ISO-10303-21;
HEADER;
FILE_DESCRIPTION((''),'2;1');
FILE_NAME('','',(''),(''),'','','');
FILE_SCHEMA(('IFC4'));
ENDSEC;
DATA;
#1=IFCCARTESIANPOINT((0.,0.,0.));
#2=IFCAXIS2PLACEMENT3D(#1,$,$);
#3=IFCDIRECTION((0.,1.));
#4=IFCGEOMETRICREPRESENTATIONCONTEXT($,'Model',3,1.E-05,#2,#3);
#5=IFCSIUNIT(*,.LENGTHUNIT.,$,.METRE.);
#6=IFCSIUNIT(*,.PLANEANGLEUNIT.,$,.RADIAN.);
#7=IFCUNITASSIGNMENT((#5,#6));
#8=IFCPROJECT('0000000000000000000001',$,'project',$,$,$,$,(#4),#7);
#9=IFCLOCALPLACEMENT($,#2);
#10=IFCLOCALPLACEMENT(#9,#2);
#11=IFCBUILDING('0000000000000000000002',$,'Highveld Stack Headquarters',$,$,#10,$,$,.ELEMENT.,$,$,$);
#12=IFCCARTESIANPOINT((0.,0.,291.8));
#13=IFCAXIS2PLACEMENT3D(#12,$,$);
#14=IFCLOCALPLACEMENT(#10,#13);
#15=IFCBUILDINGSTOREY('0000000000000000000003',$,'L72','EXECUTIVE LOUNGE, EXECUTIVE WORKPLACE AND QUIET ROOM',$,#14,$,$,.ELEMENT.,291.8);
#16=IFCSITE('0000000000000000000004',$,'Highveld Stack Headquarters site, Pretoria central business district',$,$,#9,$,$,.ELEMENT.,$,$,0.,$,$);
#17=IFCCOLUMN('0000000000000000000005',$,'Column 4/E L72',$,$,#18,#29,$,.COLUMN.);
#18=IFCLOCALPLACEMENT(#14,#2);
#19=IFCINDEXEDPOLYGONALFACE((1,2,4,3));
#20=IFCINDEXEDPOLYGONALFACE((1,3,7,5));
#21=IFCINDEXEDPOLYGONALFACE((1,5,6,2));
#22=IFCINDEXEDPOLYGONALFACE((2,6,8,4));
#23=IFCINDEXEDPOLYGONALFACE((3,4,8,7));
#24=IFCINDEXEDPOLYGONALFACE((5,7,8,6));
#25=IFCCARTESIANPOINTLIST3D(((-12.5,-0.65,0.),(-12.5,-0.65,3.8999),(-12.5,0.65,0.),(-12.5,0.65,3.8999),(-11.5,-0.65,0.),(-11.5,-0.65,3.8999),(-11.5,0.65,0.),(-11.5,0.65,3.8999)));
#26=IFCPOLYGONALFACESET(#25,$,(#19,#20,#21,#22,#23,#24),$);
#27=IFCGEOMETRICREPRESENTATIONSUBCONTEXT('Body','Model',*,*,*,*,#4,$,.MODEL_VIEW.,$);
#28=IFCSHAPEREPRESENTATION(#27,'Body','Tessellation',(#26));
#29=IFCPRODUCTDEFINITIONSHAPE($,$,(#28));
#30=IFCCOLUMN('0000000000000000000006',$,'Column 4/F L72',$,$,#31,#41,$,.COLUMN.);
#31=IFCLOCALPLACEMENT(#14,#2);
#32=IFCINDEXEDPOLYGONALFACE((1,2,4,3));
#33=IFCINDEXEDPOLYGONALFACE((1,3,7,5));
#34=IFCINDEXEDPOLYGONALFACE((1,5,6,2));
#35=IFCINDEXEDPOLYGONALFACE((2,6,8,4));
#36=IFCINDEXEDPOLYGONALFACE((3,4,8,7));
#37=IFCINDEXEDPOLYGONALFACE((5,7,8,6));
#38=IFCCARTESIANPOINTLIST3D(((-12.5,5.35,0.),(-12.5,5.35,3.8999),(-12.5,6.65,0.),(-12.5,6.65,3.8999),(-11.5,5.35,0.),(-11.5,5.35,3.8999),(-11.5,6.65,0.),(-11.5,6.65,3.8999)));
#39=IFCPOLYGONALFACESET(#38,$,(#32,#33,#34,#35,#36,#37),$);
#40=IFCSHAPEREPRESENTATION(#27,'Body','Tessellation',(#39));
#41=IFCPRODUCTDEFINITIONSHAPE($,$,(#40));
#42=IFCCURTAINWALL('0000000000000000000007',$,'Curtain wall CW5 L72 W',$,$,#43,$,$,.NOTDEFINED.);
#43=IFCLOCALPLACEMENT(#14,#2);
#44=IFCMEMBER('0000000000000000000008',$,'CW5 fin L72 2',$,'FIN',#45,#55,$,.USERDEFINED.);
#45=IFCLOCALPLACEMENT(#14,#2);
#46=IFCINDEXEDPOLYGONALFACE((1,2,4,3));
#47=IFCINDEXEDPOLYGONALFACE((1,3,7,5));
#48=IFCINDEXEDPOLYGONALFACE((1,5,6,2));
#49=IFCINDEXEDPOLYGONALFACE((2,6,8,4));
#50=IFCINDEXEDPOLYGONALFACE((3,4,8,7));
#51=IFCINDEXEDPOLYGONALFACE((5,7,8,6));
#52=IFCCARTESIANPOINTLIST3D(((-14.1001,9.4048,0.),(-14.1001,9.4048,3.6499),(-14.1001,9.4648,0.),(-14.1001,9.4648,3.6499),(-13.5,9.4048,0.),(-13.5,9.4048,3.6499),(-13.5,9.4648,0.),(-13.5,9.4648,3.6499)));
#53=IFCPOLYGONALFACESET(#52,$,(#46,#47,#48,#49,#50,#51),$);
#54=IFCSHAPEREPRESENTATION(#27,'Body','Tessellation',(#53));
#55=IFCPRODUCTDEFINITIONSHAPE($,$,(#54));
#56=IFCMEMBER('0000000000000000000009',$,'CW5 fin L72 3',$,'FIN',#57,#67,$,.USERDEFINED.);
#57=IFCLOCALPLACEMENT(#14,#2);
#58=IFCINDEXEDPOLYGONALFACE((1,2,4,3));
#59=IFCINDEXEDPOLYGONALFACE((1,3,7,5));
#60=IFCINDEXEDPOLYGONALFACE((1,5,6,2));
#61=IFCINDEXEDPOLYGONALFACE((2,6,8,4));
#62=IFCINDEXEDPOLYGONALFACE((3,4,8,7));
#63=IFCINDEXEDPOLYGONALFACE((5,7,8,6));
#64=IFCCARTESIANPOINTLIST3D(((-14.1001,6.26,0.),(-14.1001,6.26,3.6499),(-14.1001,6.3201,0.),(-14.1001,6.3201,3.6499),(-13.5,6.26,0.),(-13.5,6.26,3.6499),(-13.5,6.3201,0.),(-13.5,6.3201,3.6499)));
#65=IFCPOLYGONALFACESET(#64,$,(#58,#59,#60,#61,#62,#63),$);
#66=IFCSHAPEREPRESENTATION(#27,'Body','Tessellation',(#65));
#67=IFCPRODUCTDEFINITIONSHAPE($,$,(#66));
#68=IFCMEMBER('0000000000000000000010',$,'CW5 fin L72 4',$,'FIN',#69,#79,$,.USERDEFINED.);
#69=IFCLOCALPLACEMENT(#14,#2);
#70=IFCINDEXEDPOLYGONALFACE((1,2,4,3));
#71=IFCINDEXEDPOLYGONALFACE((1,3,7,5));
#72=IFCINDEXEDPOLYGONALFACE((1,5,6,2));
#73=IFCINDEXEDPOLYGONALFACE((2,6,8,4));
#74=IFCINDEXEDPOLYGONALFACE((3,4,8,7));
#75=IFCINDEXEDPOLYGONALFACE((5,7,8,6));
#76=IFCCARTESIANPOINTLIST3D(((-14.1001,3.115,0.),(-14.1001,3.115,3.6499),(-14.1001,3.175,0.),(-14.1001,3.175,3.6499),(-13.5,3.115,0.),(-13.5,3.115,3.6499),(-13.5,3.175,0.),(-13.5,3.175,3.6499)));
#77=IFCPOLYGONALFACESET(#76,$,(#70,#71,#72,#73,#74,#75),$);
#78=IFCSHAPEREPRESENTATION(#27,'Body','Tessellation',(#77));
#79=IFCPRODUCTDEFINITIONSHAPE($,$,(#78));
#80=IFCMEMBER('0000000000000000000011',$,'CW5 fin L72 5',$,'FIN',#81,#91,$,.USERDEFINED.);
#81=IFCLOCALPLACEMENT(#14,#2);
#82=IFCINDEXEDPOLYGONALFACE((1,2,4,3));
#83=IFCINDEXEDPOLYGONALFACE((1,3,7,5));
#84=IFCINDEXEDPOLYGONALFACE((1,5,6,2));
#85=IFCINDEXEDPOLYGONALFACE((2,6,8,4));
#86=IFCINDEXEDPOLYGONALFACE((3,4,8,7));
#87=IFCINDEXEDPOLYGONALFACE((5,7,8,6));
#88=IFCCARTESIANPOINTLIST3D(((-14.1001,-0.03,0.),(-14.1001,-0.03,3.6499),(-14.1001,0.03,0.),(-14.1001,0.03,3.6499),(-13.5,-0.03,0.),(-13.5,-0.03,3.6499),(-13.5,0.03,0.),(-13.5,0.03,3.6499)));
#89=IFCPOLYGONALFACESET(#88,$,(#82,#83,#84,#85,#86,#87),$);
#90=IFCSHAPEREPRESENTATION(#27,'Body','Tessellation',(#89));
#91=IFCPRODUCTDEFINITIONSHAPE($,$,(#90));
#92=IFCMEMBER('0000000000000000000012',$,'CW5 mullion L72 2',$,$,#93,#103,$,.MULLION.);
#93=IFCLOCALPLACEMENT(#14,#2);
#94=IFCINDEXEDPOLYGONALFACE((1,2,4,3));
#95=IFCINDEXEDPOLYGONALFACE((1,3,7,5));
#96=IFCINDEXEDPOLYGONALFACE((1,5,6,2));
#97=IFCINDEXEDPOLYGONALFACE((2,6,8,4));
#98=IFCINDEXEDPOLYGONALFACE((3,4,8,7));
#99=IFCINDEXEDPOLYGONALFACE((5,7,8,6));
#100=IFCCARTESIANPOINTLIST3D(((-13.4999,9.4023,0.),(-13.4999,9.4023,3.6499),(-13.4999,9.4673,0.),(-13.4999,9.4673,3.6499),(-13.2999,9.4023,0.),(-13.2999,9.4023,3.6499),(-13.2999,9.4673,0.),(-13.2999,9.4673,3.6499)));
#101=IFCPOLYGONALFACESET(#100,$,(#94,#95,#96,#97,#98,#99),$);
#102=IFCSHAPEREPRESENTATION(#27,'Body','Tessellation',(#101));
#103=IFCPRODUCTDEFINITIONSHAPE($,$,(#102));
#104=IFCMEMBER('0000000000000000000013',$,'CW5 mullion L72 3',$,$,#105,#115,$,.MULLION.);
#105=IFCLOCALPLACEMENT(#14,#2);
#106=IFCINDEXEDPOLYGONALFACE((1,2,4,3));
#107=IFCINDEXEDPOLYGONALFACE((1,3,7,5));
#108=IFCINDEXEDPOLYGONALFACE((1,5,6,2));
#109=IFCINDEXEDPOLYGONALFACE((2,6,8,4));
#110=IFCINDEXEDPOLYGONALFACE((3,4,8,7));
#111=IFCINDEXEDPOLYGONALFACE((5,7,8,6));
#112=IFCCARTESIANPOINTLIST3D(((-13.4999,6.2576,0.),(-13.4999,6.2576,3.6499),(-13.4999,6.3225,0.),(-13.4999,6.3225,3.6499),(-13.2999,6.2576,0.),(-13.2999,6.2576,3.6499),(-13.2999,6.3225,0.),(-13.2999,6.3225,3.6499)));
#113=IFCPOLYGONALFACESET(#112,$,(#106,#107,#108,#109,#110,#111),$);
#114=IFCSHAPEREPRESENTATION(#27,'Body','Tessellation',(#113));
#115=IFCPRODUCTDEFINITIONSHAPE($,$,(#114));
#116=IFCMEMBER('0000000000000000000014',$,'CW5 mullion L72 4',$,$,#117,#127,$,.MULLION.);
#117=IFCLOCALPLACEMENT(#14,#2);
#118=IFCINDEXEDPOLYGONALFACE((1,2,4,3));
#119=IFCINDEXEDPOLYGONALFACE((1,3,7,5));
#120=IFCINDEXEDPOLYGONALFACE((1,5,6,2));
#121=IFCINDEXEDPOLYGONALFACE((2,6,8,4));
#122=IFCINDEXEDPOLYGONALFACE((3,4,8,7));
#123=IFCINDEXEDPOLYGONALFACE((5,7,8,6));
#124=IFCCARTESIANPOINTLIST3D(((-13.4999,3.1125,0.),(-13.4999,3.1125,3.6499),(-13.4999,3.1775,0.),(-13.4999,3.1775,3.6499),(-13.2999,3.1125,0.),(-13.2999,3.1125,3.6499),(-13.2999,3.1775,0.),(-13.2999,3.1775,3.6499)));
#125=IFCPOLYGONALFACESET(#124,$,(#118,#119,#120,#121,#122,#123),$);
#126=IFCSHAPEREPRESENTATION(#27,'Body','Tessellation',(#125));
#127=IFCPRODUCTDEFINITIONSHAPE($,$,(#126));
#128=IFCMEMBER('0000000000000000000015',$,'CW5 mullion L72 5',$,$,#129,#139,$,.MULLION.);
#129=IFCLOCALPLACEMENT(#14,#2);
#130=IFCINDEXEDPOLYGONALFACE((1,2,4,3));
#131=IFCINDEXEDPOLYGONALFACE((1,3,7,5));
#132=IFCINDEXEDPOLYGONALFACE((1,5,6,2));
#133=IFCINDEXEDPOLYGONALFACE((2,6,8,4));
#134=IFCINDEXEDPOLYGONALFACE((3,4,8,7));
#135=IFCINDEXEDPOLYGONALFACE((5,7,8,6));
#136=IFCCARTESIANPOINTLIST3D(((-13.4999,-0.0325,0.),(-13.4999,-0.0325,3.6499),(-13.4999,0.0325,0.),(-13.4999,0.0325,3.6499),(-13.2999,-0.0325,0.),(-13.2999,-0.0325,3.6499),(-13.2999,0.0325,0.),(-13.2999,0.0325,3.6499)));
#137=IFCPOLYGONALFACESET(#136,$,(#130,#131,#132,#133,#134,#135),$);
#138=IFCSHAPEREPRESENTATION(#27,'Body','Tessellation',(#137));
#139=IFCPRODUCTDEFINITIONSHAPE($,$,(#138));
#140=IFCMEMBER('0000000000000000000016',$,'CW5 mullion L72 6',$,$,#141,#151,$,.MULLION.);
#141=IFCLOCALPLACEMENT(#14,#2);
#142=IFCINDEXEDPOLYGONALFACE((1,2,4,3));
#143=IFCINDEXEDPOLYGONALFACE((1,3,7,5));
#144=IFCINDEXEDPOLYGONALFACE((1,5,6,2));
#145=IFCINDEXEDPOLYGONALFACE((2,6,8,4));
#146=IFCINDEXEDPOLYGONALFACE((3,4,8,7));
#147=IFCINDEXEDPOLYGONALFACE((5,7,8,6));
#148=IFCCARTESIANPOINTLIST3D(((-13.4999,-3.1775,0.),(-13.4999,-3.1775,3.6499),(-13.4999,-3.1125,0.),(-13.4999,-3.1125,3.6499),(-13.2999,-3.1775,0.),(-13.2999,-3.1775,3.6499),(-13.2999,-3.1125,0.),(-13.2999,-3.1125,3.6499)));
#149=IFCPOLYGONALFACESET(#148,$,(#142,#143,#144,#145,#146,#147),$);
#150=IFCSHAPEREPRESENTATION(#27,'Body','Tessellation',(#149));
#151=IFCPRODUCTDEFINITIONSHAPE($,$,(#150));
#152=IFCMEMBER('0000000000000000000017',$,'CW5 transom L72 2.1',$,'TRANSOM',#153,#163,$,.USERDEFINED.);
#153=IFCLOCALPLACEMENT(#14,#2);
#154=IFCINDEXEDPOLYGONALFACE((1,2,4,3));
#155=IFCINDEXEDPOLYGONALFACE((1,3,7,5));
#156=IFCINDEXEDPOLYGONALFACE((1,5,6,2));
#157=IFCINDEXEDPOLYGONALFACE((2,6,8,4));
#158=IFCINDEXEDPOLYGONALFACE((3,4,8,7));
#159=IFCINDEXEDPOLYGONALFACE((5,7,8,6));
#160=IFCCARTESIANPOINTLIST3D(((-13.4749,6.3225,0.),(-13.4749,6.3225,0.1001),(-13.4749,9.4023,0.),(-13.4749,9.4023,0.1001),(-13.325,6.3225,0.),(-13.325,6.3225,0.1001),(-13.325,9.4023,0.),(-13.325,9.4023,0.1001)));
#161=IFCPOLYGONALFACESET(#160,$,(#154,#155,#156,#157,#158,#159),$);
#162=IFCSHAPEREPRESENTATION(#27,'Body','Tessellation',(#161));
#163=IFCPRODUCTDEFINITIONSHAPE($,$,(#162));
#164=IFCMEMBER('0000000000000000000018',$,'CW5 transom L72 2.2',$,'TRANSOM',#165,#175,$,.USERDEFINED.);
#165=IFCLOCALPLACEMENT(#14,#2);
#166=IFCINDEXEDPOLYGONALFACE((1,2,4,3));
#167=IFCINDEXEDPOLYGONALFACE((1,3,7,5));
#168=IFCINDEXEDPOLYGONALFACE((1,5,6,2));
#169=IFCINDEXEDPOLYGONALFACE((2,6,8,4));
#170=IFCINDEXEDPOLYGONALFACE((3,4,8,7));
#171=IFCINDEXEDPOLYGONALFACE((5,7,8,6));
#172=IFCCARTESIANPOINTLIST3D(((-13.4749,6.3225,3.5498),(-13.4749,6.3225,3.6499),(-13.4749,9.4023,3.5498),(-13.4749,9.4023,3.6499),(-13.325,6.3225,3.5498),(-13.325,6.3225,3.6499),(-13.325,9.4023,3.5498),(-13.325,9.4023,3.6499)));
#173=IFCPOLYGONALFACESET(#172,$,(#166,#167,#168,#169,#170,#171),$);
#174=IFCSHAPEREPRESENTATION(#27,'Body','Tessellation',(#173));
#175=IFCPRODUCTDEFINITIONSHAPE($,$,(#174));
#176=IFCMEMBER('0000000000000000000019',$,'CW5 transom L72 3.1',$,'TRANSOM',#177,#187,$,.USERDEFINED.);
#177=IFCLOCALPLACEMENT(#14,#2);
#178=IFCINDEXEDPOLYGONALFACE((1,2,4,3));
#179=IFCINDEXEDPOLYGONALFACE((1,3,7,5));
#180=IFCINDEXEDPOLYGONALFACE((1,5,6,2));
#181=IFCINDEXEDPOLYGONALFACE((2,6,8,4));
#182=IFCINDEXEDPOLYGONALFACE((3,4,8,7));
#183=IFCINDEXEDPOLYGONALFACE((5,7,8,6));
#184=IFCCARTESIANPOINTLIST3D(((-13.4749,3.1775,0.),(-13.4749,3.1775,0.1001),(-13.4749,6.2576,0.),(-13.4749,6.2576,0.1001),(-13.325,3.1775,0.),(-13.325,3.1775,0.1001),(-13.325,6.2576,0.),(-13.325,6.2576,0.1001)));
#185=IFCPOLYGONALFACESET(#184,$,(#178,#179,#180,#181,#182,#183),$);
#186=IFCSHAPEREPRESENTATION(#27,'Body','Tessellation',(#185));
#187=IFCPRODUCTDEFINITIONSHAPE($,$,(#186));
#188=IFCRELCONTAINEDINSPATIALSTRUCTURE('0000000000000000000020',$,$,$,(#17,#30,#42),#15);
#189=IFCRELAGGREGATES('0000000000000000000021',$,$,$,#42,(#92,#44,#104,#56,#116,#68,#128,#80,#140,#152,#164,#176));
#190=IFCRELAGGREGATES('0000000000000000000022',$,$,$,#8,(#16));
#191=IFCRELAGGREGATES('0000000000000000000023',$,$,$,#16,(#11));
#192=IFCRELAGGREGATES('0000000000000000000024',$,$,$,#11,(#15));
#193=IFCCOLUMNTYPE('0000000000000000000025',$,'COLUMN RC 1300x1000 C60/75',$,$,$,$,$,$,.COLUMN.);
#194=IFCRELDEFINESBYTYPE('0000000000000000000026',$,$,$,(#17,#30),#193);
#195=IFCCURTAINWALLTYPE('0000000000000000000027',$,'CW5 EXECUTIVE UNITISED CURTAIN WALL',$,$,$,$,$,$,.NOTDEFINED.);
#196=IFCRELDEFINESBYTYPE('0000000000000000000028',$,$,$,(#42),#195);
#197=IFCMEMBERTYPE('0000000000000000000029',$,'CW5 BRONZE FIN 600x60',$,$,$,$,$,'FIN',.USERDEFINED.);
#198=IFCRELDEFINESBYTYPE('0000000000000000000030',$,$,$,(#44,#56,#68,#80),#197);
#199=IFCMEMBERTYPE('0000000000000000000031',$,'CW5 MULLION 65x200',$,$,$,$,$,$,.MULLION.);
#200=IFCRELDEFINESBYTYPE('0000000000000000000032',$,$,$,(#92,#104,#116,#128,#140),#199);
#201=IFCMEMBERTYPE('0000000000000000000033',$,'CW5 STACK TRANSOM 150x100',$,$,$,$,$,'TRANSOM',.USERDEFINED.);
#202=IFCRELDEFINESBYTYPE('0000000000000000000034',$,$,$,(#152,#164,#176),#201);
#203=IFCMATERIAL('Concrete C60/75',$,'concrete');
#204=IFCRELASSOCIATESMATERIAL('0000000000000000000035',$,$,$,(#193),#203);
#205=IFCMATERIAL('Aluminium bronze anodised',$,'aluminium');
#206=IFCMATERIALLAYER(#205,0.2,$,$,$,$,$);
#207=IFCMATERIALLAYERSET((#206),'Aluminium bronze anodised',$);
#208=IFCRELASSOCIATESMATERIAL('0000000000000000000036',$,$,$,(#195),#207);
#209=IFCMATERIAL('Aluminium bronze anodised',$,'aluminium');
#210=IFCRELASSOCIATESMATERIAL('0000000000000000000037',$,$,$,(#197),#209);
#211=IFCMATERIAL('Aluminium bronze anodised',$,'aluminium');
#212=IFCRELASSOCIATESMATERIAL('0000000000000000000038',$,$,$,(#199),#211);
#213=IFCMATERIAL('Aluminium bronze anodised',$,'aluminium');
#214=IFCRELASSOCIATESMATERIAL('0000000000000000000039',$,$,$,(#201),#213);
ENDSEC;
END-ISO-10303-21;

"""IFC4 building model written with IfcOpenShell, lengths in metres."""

from ifc_helpers import new_model, si_unit, direction, frame, origin, origin_2d, place, context, subcontext, project, spatial, rectangle, extrude, material, layer, layer_set, material_profile, profile_set, type_object, element, aggregate, save


model = new_model("IFC4")

# Units and contexts
model_context = context("Model", 3, precision=1e-05, world=origin(), true_north=direction((0.0, 1.0)))
body_context = subcontext(model_context, "Body", "Model", "MODEL_VIEW")
ifc_project = project(units=[si_unit("LENGTHUNIT", "METRE"), si_unit("PLANEANGLEUNIT", "RADIAN")], contexts=[model_context])

# Site, building, storey
site_placement = place(None, origin())
site = spatial("IfcSite", under=ifc_project, at=site_placement, Name="Highveld Stack Headquarters site, Pretoria central business district", CompositionType="ELEMENT", RefElevation=0.0)
building_placement = place(site_placement, origin())
building = spatial("IfcBuilding", under=site, at=building_placement, Name="Highveld Stack Headquarters", CompositionType="ELEMENT")
storey_placement = place(building_placement, frame((0.0, 0.0, 291.8)))
storey = spatial("IfcBuildingStorey", under=building, at=storey_placement, Name="L72", Description="EXECUTIVE LOUNGE, EXECUTIVE WORKPLACE AND QUIET ROOM", CompositionType="ELEMENT", Elevation=291.8)

# Columns
ifc_material_1 = material(Name="Concrete C60/75", Category="concrete")
ifc_material_profile_1 = material_profile(ifc_material_1, rectangle(XDim=1.3, YDim=1.0, at=origin_2d()), Name="RC 1300x1000")
ifc_profile_set_1 = profile_set([ifc_material_profile_1], Name="Concrete C60/75")
column_type = type_object("IfcColumnType", Name="COLUMN RC 1300x1000 C60/75", PredefinedType="COLUMN", material=ifc_profile_set_1)
for number, where, z_axis, x_axis, name in (
    (1, (-12.0, 0.0, 0.0), (0.0, 0.0, 1.0), (0.0, 1.0, 0.0), "Column 4/E L72"),
    (2, (-12.0, 6.0, 0.0), (0.0, 0.0, 1.0), (0.0, 1.0, 0.0), "Column 4/F L72"),
):
    element("IfcColumn", number, at=place(storey_placement, frame(where, z_axis=z_axis, x_axis=x_axis)), inside=storey, type_object=column_type, Name=name, PredefinedType="COLUMN", context=body_context, shape_type="SweptSolid", body=[
        extrude(rectangle(XDim=1.3, YDim=1.0, at=origin_2d()), origin(), (0.0, 0.0, 1.0), 3.8999),
    ])

# Curtain wall, members
ifc_material_2 = material(Name="Aluminium bronze anodised", Category="aluminium")
ifc_layer_1 = layer(ifc_material_2, 0.2)
ifc_layer_set_1 = layer_set([ifc_layer_1], Name="Aluminium bronze anodised")
curtain_wall_type = type_object("IfcCurtainWallType", Name="CW5 EXECUTIVE UNITISED CURTAIN WALL", PredefinedType="NOTDEFINED", material=ifc_layer_set_1)
curtain_wall_placement = place(storey_placement, origin())
curtain_wall = element("IfcCurtainWall", 3, at=curtain_wall_placement, inside=storey, type_object=curtain_wall_type, Name="Curtain wall CW5 L72 W", PredefinedType="NOTDEFINED")
ifc_material_3 = material(Name="Aluminium bronze anodised", Category="aluminium")
ifc_material_profile_2 = material_profile(ifc_material_3, rectangle(XDim=0.6001, YDim=0.0601, at=origin_2d()), Name="FIN 600x60")
ifc_profile_set_2 = profile_set([ifc_material_profile_2], Name="Aluminium bronze anodised")
member_type_1 = type_object("IfcMemberType", Name="CW5 BRONZE FIN 600x60", ElementType="FIN", PredefinedType="USERDEFINED", material=ifc_profile_set_2)
member_1_placement = place(storey_placement, frame((-13.8, 9.4348, 0.0), z_axis=(0.0, 0.0, 1.0), x_axis=(1.0, 0.0, 0.0)))
member_1 = element("IfcMember", 4, at=member_1_placement, type_object=member_type_1, Name="CW5 fin L72 2", ObjectType="FIN", PredefinedType="USERDEFINED", context=body_context, shape_type="SweptSolid", body=[
    extrude(rectangle(XDim=0.6001, YDim=0.0601, at=origin_2d()), origin(), (0.0, 0.0, 1.0), 3.6499),
])
member_2_placement = place(storey_placement, frame((-13.8, 6.29, 0.0), z_axis=(0.0, 0.0, 1.0), x_axis=(1.0, 0.0, 0.0)))
member_2 = element("IfcMember", 5, at=member_2_placement, type_object=member_type_1, Name="CW5 fin L72 3", ObjectType="FIN", PredefinedType="USERDEFINED", context=body_context, shape_type="SweptSolid", body=[
    extrude(rectangle(XDim=0.6001, YDim=0.0601, at=origin_2d()), origin(), (0.0, 0.0, 1.0), 3.6499),
])
member_3_placement = place(storey_placement, frame((-13.8, 3.145, 0.0), z_axis=(0.0, 0.0, 1.0), x_axis=(1.0, 0.0, 0.0)))
member_3 = element("IfcMember", 6, at=member_3_placement, type_object=member_type_1, Name="CW5 fin L72 4", ObjectType="FIN", PredefinedType="USERDEFINED", context=body_context, shape_type="SweptSolid", body=[
    extrude(rectangle(XDim=0.6001, YDim=0.0601, at=origin_2d()), origin(), (0.0, 0.0, 1.0), 3.6499),
])
member_4_placement = place(storey_placement, frame((-13.8, 0.0, 0.0), z_axis=(0.0, 0.0, 1.0), x_axis=(1.0, 0.0, 0.0)))
member_4 = element("IfcMember", 7, at=member_4_placement, type_object=member_type_1, Name="CW5 fin L72 5", ObjectType="FIN", PredefinedType="USERDEFINED", context=body_context, shape_type="SweptSolid", body=[
    extrude(rectangle(XDim=0.6001, YDim=0.0601, at=origin_2d()), origin(), (0.0, 0.0, 1.0), 3.6499),
])
ifc_material_4 = material(Name="Aluminium bronze anodised", Category="aluminium")
ifc_material_profile_3 = material_profile(ifc_material_4, rectangle(XDim=0.2, YDim=0.0649, at=origin_2d()), Name="CW5 MULLION 65x200")
ifc_profile_set_3 = profile_set([ifc_material_profile_3], Name="Aluminium bronze anodised")
member_type_2 = type_object("IfcMemberType", Name="CW5 MULLION 65x200", PredefinedType="MULLION", material=ifc_profile_set_3)
member_5_placement = place(storey_placement, frame((-13.3999, 9.4348, 0.0), z_axis=(0.0, 0.0, 1.0), x_axis=(1.0, 0.0, 0.0)))
member_5 = element("IfcMember", 8, at=member_5_placement, type_object=member_type_2, Name="CW5 mullion L72 2", PredefinedType="MULLION", context=body_context, shape_type="SweptSolid", body=[
    extrude(rectangle(XDim=0.2, YDim=0.0649, at=origin_2d()), origin(), (0.0, 0.0, 1.0), 3.6499),
])
member_6_placement = place(storey_placement, frame((-13.3999, 6.29, 0.0), z_axis=(0.0, 0.0, 1.0), x_axis=(1.0, 0.0, 0.0)))
member_6 = element("IfcMember", 9, at=member_6_placement, type_object=member_type_2, Name="CW5 mullion L72 3", PredefinedType="MULLION", context=body_context, shape_type="SweptSolid", body=[
    extrude(rectangle(XDim=0.2, YDim=0.0649, at=origin_2d()), origin(), (0.0, 0.0, 1.0), 3.6499),
])
member_7_placement = place(storey_placement, frame((-13.3999, 3.145, 0.0), z_axis=(0.0, 0.0, 1.0), x_axis=(1.0, 0.0, 0.0)))
member_7 = element("IfcMember", 10, at=member_7_placement, type_object=member_type_2, Name="CW5 mullion L72 4", PredefinedType="MULLION", context=body_context, shape_type="SweptSolid", body=[
    extrude(rectangle(XDim=0.2, YDim=0.0649, at=origin_2d()), origin(), (0.0, 0.0, 1.0), 3.6499),
])
member_8_placement = place(storey_placement, frame((-13.3999, 0.0, 0.0), z_axis=(0.0, 0.0, 1.0), x_axis=(1.0, 0.0, 0.0)))
member_8 = element("IfcMember", 11, at=member_8_placement, type_object=member_type_2, Name="CW5 mullion L72 5", PredefinedType="MULLION", context=body_context, shape_type="SweptSolid", body=[
    extrude(rectangle(XDim=0.2, YDim=0.0649, at=origin_2d()), origin(), (0.0, 0.0, 1.0), 3.6499),
])
member_9_placement = place(storey_placement, frame((-13.3999, -3.145, 0.0), z_axis=(0.0, 0.0, 1.0), x_axis=(1.0, 0.0, 0.0)))
member_9 = element("IfcMember", 12, at=member_9_placement, type_object=member_type_2, Name="CW5 mullion L72 6", PredefinedType="MULLION", context=body_context, shape_type="SweptSolid", body=[
    extrude(rectangle(XDim=0.2, YDim=0.0649, at=origin_2d()), origin(), (0.0, 0.0, 1.0), 3.6499),
])
ifc_material_5 = material(Name="Aluminium bronze anodised", Category="aluminium")
ifc_material_profile_4 = material_profile(ifc_material_5, rectangle(XDim=0.1499, YDim=0.1001, at=origin_2d()), Name="CW5 TRANSOM 150x100")
ifc_profile_set_4 = profile_set([ifc_material_profile_4], Name="Aluminium bronze anodised")
member_type_3 = type_object("IfcMemberType", Name="CW5 STACK TRANSOM 150x100", ElementType="TRANSOM", PredefinedType="USERDEFINED", material=ifc_profile_set_4)
member_10_placement = place(storey_placement, frame((-13.3999, 9.4023, 0.05), z_axis=(0.0, -1.0, 0.0), x_axis=(1.0, 0.0, 0.0)))
member_10 = element("IfcMember", 13, at=member_10_placement, type_object=member_type_3, Name="CW5 transom L72 2.1", ObjectType="TRANSOM", PredefinedType="USERDEFINED", context=body_context, shape_type="SweptSolid", body=[
    extrude(rectangle(XDim=0.1499, YDim=0.1001, at=origin_2d()), origin(), (0.0, 0.0, 1.0), 3.0798),
])
member_11_placement = place(storey_placement, frame((-13.3999, 9.4023, 3.5999), z_axis=(0.0, -1.0, 0.0), x_axis=(1.0, 0.0, 0.0)))
member_11 = element("IfcMember", 14, at=member_11_placement, type_object=member_type_3, Name="CW5 transom L72 2.2", ObjectType="TRANSOM", PredefinedType="USERDEFINED", context=body_context, shape_type="SweptSolid", body=[
    extrude(rectangle(XDim=0.1499, YDim=0.1001, at=origin_2d()), origin(), (0.0, 0.0, 1.0), 3.0798),
])
member_12_placement = place(storey_placement, frame((-13.3999, 6.2576, 0.05), z_axis=(0.0, -1.0, 0.0), x_axis=(1.0, 0.0, 0.0)))
member_12 = element("IfcMember", 15, at=member_12_placement, type_object=member_type_3, Name="CW5 transom L72 3.1", ObjectType="TRANSOM", PredefinedType="USERDEFINED", context=body_context, shape_type="SweptSolid", body=[
    extrude(rectangle(XDim=0.1499, YDim=0.1001, at=origin_2d()), origin(), (0.0, 0.0, 1.0), 3.0801),
])
aggregate(curtain_wall, [member_5, member_1, member_6, member_2, member_7, member_3, member_8, member_4, member_9, member_10, member_11, member_12])

save(model, "model.ifc")
